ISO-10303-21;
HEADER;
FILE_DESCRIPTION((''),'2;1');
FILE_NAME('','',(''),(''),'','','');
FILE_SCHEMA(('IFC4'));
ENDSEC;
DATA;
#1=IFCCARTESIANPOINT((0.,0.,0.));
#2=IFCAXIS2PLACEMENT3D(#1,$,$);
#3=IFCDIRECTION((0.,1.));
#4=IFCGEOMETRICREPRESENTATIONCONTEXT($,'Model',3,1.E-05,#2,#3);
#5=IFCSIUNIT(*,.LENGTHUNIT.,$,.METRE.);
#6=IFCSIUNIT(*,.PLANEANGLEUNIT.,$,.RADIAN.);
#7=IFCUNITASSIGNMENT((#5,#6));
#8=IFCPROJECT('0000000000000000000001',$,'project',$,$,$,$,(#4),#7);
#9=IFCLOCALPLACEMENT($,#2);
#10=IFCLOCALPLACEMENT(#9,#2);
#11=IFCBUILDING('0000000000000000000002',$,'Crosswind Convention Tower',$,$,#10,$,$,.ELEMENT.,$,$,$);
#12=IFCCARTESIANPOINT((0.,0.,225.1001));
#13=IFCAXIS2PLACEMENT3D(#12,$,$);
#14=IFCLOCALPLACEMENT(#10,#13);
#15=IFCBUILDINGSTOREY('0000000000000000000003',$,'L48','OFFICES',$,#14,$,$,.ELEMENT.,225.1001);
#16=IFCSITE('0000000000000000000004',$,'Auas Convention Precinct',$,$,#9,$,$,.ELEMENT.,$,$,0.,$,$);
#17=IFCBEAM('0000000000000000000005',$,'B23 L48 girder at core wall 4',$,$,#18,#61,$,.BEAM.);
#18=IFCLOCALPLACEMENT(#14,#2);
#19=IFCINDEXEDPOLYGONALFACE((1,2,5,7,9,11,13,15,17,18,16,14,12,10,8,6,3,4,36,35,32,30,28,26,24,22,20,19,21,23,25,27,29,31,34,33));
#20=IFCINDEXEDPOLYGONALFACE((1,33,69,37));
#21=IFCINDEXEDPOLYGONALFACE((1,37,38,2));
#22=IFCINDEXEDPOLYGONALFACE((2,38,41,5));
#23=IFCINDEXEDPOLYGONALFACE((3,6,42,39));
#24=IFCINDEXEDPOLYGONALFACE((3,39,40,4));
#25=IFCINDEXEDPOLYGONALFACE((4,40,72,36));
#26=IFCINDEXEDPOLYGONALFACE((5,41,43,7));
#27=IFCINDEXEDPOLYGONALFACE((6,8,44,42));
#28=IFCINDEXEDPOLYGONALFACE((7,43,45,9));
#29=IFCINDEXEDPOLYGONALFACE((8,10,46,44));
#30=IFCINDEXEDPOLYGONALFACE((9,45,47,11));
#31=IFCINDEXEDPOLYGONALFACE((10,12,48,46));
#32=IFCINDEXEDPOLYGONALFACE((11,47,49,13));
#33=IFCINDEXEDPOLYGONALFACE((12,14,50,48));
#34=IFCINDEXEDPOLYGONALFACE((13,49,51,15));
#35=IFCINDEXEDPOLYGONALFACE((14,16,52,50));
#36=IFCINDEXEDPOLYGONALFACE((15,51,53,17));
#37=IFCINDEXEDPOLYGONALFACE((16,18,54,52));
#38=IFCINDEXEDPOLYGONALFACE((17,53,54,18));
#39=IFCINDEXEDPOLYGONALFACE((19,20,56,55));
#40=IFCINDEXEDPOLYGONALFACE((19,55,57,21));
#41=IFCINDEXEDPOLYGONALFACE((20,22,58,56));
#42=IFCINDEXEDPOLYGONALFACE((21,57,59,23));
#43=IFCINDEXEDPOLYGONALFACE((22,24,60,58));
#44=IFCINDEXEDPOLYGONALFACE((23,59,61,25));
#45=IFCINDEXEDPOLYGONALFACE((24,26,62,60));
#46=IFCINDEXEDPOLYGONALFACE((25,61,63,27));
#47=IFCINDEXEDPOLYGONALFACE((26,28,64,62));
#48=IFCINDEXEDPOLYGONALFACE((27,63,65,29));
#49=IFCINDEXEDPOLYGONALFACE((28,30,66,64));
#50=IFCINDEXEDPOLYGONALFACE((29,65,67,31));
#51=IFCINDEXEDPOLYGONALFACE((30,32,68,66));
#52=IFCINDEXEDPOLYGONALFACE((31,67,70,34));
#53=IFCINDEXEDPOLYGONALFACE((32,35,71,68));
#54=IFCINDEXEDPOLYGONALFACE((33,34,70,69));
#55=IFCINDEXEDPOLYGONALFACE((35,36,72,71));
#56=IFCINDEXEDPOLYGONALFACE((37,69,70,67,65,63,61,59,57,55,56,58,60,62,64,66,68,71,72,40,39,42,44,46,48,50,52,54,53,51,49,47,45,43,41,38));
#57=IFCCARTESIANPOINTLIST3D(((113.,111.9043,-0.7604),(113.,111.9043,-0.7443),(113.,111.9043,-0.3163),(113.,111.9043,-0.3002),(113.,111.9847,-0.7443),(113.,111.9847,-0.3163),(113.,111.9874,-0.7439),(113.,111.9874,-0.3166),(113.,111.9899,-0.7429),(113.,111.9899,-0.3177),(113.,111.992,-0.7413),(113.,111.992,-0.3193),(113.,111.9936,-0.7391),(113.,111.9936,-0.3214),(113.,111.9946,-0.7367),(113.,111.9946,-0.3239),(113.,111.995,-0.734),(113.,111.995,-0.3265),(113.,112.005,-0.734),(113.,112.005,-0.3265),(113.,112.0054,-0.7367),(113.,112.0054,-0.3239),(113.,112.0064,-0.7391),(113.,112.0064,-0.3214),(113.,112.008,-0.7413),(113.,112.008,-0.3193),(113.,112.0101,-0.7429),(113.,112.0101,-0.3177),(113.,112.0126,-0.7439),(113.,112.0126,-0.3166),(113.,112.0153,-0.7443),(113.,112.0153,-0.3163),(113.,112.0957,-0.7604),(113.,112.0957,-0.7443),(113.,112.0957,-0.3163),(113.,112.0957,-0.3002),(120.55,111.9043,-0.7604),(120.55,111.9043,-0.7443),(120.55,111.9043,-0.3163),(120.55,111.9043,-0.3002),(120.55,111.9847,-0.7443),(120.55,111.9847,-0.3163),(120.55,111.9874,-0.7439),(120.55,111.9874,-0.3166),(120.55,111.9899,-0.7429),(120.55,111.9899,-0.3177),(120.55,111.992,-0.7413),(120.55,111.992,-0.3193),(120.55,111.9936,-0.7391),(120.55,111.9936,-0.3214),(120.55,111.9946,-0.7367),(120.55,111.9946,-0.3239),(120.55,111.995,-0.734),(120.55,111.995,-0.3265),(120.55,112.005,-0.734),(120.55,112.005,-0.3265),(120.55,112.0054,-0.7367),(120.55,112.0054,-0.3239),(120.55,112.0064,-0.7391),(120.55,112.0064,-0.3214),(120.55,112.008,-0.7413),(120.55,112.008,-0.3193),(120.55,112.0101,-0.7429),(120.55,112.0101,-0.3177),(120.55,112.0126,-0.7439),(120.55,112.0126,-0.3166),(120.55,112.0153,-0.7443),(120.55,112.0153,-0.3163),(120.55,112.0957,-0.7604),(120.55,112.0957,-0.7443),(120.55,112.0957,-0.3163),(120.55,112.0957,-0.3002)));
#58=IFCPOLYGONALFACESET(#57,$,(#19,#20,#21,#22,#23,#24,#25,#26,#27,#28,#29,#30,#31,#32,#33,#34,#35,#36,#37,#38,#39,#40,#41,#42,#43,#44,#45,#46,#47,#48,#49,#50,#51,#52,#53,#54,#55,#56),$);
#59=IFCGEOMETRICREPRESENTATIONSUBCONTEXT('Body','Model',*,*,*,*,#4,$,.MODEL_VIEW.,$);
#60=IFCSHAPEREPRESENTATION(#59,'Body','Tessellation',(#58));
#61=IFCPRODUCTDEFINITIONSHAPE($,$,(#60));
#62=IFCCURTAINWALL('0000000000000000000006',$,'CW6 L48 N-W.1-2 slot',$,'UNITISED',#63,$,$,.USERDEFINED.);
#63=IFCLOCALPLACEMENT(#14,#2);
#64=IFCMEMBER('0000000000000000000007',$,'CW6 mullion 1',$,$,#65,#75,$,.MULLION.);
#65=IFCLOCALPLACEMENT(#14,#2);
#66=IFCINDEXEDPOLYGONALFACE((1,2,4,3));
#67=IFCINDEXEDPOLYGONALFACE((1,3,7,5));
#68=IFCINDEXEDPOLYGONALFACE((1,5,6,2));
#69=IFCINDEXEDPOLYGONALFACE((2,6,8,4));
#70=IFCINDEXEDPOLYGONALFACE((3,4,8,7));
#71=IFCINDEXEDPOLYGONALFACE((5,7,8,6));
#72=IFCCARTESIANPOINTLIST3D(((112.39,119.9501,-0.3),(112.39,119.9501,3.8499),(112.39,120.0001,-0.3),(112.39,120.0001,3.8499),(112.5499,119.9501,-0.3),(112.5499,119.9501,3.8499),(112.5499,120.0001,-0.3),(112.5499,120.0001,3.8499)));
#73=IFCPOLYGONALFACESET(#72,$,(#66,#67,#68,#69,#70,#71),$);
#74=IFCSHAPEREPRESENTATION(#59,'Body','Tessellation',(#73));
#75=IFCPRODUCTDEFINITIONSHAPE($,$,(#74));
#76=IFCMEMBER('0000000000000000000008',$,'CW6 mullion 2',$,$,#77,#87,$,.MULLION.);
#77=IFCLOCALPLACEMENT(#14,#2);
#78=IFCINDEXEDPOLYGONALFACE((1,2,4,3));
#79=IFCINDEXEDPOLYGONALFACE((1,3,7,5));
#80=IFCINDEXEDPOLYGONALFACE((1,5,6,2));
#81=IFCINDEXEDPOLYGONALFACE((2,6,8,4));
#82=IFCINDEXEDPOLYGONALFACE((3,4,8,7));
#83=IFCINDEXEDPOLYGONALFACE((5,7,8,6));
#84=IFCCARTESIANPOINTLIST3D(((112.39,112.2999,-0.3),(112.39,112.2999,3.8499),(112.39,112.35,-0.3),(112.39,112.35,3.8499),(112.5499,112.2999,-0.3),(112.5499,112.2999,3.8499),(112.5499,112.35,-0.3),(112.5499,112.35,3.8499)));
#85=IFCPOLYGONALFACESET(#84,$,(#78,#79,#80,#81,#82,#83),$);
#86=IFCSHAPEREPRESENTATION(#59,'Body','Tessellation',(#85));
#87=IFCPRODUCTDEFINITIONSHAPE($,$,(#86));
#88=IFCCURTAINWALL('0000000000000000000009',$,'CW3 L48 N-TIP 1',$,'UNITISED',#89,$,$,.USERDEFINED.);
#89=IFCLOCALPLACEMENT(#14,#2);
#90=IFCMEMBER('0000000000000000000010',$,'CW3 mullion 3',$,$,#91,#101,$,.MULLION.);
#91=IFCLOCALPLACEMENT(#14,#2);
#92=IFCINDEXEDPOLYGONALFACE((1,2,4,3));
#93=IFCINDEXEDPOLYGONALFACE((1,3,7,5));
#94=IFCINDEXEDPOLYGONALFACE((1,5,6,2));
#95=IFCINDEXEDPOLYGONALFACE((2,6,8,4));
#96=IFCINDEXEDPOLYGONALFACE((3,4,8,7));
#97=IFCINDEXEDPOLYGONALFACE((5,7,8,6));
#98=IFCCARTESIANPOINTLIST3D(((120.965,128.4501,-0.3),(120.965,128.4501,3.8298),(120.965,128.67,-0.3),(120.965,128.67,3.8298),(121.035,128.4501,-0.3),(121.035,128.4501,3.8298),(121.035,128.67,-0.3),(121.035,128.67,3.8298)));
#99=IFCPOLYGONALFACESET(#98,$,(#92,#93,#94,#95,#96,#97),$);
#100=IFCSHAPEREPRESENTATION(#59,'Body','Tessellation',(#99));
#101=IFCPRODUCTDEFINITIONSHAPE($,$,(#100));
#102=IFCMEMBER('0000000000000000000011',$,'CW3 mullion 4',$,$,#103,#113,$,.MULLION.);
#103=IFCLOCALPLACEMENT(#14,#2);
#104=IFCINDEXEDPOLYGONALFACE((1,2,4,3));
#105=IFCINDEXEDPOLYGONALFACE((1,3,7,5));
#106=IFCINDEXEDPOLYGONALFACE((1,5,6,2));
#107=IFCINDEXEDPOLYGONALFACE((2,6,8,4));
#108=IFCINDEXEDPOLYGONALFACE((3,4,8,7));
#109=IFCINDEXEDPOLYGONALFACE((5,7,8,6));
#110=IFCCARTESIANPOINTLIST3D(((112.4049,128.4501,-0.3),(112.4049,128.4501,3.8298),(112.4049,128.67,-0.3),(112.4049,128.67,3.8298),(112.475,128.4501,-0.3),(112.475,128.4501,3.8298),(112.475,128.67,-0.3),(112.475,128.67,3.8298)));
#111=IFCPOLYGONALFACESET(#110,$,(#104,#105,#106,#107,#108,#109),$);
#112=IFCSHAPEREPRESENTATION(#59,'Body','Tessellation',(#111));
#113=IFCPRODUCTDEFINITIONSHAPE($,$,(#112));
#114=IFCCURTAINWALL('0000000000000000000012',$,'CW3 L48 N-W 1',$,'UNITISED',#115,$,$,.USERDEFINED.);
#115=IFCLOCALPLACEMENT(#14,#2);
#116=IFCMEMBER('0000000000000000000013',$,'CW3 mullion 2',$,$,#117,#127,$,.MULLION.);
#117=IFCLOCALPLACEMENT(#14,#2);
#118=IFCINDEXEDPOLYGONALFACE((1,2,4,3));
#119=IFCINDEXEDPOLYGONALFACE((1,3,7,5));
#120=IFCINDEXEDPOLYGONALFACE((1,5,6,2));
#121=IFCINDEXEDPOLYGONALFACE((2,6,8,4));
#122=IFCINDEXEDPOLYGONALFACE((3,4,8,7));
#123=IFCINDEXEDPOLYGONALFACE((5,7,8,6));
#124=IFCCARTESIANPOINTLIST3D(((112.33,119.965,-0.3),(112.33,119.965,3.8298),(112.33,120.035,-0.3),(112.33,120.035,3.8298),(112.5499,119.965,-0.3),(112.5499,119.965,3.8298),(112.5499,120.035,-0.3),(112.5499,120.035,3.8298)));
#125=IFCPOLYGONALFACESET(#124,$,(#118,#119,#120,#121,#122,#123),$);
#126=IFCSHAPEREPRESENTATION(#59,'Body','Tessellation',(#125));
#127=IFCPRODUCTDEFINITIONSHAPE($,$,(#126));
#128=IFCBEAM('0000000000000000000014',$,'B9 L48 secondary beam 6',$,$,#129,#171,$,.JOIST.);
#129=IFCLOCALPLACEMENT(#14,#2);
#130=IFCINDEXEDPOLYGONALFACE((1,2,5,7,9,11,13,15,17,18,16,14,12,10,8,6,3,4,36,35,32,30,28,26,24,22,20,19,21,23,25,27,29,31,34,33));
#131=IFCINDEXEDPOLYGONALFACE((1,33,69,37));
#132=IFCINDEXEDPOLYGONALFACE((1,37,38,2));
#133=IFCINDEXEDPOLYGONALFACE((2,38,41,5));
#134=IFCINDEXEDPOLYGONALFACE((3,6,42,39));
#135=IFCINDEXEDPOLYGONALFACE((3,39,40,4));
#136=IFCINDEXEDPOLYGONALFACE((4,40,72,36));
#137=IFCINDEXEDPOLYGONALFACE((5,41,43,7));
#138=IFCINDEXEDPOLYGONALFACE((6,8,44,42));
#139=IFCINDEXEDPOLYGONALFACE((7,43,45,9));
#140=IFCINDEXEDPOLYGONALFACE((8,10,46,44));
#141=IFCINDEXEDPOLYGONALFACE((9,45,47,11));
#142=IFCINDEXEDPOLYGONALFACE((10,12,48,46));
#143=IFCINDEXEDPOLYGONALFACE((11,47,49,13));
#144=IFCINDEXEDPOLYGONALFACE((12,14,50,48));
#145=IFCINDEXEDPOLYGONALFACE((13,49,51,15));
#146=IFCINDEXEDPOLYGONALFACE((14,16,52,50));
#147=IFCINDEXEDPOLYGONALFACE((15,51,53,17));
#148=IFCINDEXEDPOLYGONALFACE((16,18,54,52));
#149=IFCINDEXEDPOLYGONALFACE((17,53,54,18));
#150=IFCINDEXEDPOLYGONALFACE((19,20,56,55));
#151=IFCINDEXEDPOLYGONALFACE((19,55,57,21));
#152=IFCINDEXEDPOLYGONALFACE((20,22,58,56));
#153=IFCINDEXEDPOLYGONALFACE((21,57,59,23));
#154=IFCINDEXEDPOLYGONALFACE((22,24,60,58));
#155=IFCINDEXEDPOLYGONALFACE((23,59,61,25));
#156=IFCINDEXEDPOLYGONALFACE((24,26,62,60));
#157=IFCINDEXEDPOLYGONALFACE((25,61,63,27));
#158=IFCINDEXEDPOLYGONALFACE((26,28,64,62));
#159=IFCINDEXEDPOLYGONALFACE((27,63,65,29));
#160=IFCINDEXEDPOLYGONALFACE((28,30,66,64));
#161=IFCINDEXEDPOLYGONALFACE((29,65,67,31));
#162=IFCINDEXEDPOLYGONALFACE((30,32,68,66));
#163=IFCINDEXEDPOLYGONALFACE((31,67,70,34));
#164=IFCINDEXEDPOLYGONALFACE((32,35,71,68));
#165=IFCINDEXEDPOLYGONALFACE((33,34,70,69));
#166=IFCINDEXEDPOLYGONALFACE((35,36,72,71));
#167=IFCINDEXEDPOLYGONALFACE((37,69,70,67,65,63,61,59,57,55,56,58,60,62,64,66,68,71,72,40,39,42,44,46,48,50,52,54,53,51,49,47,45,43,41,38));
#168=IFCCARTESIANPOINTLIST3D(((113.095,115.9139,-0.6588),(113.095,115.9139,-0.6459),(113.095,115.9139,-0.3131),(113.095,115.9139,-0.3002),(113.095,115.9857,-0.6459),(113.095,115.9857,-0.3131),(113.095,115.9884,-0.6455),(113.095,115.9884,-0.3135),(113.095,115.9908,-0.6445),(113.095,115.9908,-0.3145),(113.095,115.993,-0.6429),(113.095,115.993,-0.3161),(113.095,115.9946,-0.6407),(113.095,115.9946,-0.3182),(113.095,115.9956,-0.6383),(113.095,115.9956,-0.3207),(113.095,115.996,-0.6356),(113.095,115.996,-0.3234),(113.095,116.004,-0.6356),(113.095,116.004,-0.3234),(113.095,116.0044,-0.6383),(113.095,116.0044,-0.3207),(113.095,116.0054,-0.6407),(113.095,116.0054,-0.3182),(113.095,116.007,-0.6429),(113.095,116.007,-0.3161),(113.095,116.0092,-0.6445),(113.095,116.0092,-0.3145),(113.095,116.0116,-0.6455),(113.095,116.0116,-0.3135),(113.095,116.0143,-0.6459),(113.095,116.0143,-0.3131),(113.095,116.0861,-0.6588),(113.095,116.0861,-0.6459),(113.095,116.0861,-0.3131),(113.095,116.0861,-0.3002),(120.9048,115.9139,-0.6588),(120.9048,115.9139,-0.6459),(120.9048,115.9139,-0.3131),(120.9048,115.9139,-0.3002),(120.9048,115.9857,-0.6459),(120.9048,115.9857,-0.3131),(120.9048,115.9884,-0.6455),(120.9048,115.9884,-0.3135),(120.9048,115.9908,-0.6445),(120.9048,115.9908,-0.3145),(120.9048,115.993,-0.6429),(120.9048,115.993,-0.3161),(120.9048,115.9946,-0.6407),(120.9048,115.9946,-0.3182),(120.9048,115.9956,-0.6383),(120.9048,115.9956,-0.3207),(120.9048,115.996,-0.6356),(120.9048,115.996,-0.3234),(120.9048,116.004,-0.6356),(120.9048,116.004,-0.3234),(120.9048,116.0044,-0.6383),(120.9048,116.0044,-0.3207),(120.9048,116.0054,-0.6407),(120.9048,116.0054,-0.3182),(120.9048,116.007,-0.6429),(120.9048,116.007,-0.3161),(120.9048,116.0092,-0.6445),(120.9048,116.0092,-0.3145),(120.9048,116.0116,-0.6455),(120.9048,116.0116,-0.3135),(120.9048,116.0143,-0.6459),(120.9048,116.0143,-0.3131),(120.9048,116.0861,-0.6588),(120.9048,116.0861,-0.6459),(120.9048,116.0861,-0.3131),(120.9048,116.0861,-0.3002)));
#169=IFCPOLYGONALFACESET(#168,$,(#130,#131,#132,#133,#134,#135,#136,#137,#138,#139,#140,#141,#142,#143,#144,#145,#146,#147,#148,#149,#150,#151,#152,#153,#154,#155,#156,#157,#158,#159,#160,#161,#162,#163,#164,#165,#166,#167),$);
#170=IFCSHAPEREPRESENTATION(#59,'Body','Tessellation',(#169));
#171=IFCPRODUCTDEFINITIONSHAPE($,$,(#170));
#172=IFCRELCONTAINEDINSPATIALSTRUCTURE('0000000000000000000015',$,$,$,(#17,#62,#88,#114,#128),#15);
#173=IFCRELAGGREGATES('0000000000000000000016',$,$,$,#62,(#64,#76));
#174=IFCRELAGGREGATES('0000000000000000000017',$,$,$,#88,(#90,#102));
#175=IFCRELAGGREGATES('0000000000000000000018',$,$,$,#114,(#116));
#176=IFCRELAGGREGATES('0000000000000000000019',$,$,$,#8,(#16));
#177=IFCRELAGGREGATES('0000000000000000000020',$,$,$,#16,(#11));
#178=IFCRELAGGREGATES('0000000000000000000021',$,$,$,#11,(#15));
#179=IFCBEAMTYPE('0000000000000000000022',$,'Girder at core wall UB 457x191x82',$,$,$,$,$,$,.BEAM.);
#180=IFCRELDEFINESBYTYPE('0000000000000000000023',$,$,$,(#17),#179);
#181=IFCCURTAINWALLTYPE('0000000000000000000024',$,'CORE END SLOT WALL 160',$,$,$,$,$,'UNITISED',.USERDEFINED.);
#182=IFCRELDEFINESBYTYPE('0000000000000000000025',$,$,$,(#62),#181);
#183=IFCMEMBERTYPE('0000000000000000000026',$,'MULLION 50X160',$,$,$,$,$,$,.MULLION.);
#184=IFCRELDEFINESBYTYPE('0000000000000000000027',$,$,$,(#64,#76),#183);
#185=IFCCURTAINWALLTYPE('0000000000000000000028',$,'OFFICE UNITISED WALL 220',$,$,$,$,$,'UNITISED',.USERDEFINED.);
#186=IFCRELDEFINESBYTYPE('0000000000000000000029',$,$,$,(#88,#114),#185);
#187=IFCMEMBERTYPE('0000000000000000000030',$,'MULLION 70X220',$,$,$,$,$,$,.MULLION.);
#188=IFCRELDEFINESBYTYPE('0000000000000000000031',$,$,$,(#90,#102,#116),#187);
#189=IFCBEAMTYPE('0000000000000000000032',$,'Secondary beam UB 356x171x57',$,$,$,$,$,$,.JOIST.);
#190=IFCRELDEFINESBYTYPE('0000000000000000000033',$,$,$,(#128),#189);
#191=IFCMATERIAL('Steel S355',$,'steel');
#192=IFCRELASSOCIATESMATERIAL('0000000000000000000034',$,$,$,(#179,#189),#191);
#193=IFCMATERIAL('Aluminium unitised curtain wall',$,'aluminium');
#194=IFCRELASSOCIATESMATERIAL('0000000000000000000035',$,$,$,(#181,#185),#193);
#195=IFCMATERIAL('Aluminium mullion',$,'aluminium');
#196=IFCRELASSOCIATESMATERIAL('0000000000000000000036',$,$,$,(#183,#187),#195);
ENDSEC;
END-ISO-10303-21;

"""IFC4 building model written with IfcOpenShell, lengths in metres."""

from ifc_helpers import new_model, si_unit, direction, frame, origin, origin_2d, place, context, subcontext, project, spatial, rectangle, i_section, extrude, material, material_profile, profile_set, type_object, element, aggregate, save


model = new_model("IFC4")

# Units and contexts
model_context = context("Model", 3, precision=1e-05, world=origin(), true_north=direction((0.0, 1.0)))
body_context = subcontext(model_context, "Body", "Model", "MODEL_VIEW")
ifc_project = project(units=[si_unit("LENGTHUNIT", "METRE"), si_unit("PLANEANGLEUNIT", "RADIAN")], contexts=[model_context])

# Site, building, storey
site_placement = place(None, origin())
site = spatial("IfcSite", under=ifc_project, at=site_placement, Name="Auas Convention Precinct", CompositionType="ELEMENT", RefElevation=0.0)
building_placement = place(site_placement, origin())
building = spatial("IfcBuilding", under=site, at=building_placement, Name="Crosswind Convention Tower", CompositionType="ELEMENT")
storey_placement = place(building_placement, frame((0.0, 0.0, 225.1001)))
storey = spatial("IfcBuildingStorey", under=building, at=storey_placement, Name="L48", Description="OFFICES", CompositionType="ELEMENT", Elevation=225.1001)

# Beam
ifc_material_1 = material(Name="Steel S355", Category="steel")
ifc_material_profile_1 = material_profile(ifc_material_1, i_section(OverallWidth=0.1914, OverallDepth=0.4602, WebThickness=0.01, FlangeThickness=0.0161, FilletRadius=0.0103, at=origin_2d()), Name="UB 457x191x82")
ifc_profile_set_1 = profile_set([ifc_material_profile_1], Name="Steel S355")
beam_type_1 = type_object("IfcBeamType", Name="Girder at core wall UB 457x191x82", PredefinedType="BEAM", material=ifc_profile_set_1)
beam_1_placement = place(storey_placement, frame((113.0, 112.0, -0.5303), z_axis=(1.0, 0.0, 0.0), x_axis=(0.0, 1.0, 0.0)))
element("IfcBeam", 1, at=beam_1_placement, inside=storey, type_object=beam_type_1, Name="B23 L48 girder at core wall 4", PredefinedType="BEAM", context=body_context, shape_type="SweptSolid", body=[
    extrude(i_section(OverallWidth=0.1914, OverallDepth=0.4602, WebThickness=0.01, FlangeThickness=0.0161, FilletRadius=0.0103, at=origin_2d()), origin(), (0.0, 0.0, 1.0), 7.55),
])

# Curtain walls, members
ifc_material_2 = material(Name="Aluminium unitised curtain wall", Category="aluminium")
curtain_wall_type_1 = type_object("IfcCurtainWallType", Name="CORE END SLOT WALL 160", ElementType="UNITISED", PredefinedType="USERDEFINED", material=ifc_material_2)
curtain_wall_1_placement = place(storey_placement, origin())
curtain_wall_1 = element("IfcCurtainWall", 2, at=curtain_wall_1_placement, inside=storey, type_object=curtain_wall_type_1, Name="CW6 L48 N-W.1-2 slot", ObjectType="UNITISED", PredefinedType="USERDEFINED")
ifc_material_3 = material(Name="Aluminium mullion", Category="aluminium")
ifc_material_profile_2 = material_profile(ifc_material_3, rectangle(XDim=0.1599, YDim=0.05, at=origin_2d()), Name="AL 160X50")
ifc_profile_set_2 = profile_set([ifc_material_profile_2], Name="Aluminium mullion")
member_type_1 = type_object("IfcMemberType", Name="MULLION 50X160", PredefinedType="MULLION", material=ifc_profile_set_2)
member_1_placement = place(storey_placement, frame((112.47, 119.9751, -0.3), z_axis=(0.0, 0.0, 1.0), x_axis=(-1.0, 0.0, 0.0)))
member_1 = element("IfcMember", 3, at=member_1_placement, type_object=member_type_1, Name="CW6 mullion 1", PredefinedType="MULLION", context=body_context, shape_type="SweptSolid", body=[
    extrude(rectangle(XDim=0.1599, YDim=0.05, at=origin_2d()), origin(), (0.0, 0.0, 1.0), 4.1499),
])
member_2_placement = place(storey_placement, frame((112.47, 112.325, -0.3), z_axis=(0.0, 0.0, 1.0), x_axis=(-1.0, 0.0, 0.0)))
member_2 = element("IfcMember", 4, at=member_2_placement, type_object=member_type_1, Name="CW6 mullion 2", PredefinedType="MULLION", context=body_context, shape_type="SweptSolid", body=[
    extrude(rectangle(XDim=0.1599, YDim=0.05, at=origin_2d()), origin(), (0.0, 0.0, 1.0), 4.1499),
])
curtain_wall_type_2 = type_object("IfcCurtainWallType", Name="OFFICE UNITISED WALL 220", ElementType="UNITISED", PredefinedType="USERDEFINED", material=ifc_material_2)
curtain_wall_2_placement = place(storey_placement, origin())
curtain_wall_2 = element("IfcCurtainWall", 5, at=curtain_wall_2_placement, inside=storey, type_object=curtain_wall_type_2, Name="CW3 L48 N-TIP 1", ObjectType="UNITISED", PredefinedType="USERDEFINED")
ifc_material_profile_3 = material_profile(ifc_material_3, rectangle(XDim=0.22, YDim=0.0701, at=origin_2d()), Name="AL 220X70")
ifc_profile_set_3 = profile_set([ifc_material_profile_3], Name="Aluminium mullion")
member_type_2 = type_object("IfcMemberType", Name="MULLION 70X220", PredefinedType="MULLION", material=ifc_profile_set_3)
member_3_placement = place(storey_placement, frame((121.0, 128.5601, -0.3), z_axis=(0.0, 0.0, 1.0), x_axis=(0.0, 1.0, 0.0)))
member_3 = element("IfcMember", 6, at=member_3_placement, type_object=member_type_2, Name="CW3 mullion 3", PredefinedType="MULLION", context=body_context, shape_type="SweptSolid", body=[
    extrude(rectangle(XDim=0.22, YDim=0.0701, at=origin_2d()), origin(), (0.0, 0.0, 1.0), 4.1299),
])
member_4_placement = place(storey_placement, frame((112.4399, 128.5601, -0.3), z_axis=(0.0, 0.0, 1.0), x_axis=(0.0, 1.0, 0.0)))
member_4 = element("IfcMember", 7, at=member_4_placement, type_object=member_type_2, Name="CW3 mullion 4", PredefinedType="MULLION", context=body_context, shape_type="SweptSolid", body=[
    extrude(rectangle(XDim=0.22, YDim=0.0701, at=origin_2d()), origin(), (0.0, 0.0, 1.0), 4.1299),
])

# Curtain wall, member
curtain_wall_3_placement = place(storey_placement, origin())
curtain_wall_3 = element("IfcCurtainWall", 8, at=curtain_wall_3_placement, inside=storey, type_object=curtain_wall_type_2, Name="CW3 L48 N-W 1", ObjectType="UNITISED", PredefinedType="USERDEFINED")
member_5_placement = place(storey_placement, frame((112.4399, 120.0, -0.3), z_axis=(0.0, 0.0, 1.0), x_axis=(-1.0, 0.0, 0.0)))
member_5 = element("IfcMember", 9, at=member_5_placement, type_object=member_type_2, Name="CW3 mullion 2", PredefinedType="MULLION", context=body_context, shape_type="SweptSolid", body=[
    extrude(rectangle(XDim=0.22, YDim=0.0701, at=origin_2d()), origin(), (0.0, 0.0, 1.0), 4.1299),
])

# Beam
ifc_material_profile_4 = material_profile(ifc_material_1, i_section(OverallWidth=0.1721, OverallDepth=0.3586, WebThickness=0.0081, FlangeThickness=0.0129, FilletRadius=0.0103, at=origin_2d()), Name="UB 356x171x57")
ifc_profile_set_4 = profile_set([ifc_material_profile_4], Name="Steel S355")
beam_type_2 = type_object("IfcBeamType", Name="Secondary beam UB 356x171x57", PredefinedType="JOIST", material=ifc_profile_set_4)
for number, where, z_axis, x_axis, name in (
    (10, (113.095, 116.0, -0.4795), (1.0, 0.0, 0.0), (0.0, 1.0, 0.0), "B9 L48 secondary beam 6"),
):
    element("IfcBeam", number, at=place(storey_placement, frame(where, z_axis=z_axis, x_axis=x_axis)), inside=storey, type_object=beam_type_2, Name=name, PredefinedType="JOIST", context=body_context, shape_type="SweptSolid", body=[
        extrude(i_section(OverallWidth=0.1721, OverallDepth=0.3586, WebThickness=0.0081, FlangeThickness=0.0129, FilletRadius=0.0103, at=origin_2d()), origin(), (0.0, 0.0, 1.0), 7.8098),
    ])

aggregate(curtain_wall_1, [member_1, member_2])
aggregate(curtain_wall_2, [member_3, member_4])

aggregate(curtain_wall_3, [member_5])

save(model, "model.ifc")
